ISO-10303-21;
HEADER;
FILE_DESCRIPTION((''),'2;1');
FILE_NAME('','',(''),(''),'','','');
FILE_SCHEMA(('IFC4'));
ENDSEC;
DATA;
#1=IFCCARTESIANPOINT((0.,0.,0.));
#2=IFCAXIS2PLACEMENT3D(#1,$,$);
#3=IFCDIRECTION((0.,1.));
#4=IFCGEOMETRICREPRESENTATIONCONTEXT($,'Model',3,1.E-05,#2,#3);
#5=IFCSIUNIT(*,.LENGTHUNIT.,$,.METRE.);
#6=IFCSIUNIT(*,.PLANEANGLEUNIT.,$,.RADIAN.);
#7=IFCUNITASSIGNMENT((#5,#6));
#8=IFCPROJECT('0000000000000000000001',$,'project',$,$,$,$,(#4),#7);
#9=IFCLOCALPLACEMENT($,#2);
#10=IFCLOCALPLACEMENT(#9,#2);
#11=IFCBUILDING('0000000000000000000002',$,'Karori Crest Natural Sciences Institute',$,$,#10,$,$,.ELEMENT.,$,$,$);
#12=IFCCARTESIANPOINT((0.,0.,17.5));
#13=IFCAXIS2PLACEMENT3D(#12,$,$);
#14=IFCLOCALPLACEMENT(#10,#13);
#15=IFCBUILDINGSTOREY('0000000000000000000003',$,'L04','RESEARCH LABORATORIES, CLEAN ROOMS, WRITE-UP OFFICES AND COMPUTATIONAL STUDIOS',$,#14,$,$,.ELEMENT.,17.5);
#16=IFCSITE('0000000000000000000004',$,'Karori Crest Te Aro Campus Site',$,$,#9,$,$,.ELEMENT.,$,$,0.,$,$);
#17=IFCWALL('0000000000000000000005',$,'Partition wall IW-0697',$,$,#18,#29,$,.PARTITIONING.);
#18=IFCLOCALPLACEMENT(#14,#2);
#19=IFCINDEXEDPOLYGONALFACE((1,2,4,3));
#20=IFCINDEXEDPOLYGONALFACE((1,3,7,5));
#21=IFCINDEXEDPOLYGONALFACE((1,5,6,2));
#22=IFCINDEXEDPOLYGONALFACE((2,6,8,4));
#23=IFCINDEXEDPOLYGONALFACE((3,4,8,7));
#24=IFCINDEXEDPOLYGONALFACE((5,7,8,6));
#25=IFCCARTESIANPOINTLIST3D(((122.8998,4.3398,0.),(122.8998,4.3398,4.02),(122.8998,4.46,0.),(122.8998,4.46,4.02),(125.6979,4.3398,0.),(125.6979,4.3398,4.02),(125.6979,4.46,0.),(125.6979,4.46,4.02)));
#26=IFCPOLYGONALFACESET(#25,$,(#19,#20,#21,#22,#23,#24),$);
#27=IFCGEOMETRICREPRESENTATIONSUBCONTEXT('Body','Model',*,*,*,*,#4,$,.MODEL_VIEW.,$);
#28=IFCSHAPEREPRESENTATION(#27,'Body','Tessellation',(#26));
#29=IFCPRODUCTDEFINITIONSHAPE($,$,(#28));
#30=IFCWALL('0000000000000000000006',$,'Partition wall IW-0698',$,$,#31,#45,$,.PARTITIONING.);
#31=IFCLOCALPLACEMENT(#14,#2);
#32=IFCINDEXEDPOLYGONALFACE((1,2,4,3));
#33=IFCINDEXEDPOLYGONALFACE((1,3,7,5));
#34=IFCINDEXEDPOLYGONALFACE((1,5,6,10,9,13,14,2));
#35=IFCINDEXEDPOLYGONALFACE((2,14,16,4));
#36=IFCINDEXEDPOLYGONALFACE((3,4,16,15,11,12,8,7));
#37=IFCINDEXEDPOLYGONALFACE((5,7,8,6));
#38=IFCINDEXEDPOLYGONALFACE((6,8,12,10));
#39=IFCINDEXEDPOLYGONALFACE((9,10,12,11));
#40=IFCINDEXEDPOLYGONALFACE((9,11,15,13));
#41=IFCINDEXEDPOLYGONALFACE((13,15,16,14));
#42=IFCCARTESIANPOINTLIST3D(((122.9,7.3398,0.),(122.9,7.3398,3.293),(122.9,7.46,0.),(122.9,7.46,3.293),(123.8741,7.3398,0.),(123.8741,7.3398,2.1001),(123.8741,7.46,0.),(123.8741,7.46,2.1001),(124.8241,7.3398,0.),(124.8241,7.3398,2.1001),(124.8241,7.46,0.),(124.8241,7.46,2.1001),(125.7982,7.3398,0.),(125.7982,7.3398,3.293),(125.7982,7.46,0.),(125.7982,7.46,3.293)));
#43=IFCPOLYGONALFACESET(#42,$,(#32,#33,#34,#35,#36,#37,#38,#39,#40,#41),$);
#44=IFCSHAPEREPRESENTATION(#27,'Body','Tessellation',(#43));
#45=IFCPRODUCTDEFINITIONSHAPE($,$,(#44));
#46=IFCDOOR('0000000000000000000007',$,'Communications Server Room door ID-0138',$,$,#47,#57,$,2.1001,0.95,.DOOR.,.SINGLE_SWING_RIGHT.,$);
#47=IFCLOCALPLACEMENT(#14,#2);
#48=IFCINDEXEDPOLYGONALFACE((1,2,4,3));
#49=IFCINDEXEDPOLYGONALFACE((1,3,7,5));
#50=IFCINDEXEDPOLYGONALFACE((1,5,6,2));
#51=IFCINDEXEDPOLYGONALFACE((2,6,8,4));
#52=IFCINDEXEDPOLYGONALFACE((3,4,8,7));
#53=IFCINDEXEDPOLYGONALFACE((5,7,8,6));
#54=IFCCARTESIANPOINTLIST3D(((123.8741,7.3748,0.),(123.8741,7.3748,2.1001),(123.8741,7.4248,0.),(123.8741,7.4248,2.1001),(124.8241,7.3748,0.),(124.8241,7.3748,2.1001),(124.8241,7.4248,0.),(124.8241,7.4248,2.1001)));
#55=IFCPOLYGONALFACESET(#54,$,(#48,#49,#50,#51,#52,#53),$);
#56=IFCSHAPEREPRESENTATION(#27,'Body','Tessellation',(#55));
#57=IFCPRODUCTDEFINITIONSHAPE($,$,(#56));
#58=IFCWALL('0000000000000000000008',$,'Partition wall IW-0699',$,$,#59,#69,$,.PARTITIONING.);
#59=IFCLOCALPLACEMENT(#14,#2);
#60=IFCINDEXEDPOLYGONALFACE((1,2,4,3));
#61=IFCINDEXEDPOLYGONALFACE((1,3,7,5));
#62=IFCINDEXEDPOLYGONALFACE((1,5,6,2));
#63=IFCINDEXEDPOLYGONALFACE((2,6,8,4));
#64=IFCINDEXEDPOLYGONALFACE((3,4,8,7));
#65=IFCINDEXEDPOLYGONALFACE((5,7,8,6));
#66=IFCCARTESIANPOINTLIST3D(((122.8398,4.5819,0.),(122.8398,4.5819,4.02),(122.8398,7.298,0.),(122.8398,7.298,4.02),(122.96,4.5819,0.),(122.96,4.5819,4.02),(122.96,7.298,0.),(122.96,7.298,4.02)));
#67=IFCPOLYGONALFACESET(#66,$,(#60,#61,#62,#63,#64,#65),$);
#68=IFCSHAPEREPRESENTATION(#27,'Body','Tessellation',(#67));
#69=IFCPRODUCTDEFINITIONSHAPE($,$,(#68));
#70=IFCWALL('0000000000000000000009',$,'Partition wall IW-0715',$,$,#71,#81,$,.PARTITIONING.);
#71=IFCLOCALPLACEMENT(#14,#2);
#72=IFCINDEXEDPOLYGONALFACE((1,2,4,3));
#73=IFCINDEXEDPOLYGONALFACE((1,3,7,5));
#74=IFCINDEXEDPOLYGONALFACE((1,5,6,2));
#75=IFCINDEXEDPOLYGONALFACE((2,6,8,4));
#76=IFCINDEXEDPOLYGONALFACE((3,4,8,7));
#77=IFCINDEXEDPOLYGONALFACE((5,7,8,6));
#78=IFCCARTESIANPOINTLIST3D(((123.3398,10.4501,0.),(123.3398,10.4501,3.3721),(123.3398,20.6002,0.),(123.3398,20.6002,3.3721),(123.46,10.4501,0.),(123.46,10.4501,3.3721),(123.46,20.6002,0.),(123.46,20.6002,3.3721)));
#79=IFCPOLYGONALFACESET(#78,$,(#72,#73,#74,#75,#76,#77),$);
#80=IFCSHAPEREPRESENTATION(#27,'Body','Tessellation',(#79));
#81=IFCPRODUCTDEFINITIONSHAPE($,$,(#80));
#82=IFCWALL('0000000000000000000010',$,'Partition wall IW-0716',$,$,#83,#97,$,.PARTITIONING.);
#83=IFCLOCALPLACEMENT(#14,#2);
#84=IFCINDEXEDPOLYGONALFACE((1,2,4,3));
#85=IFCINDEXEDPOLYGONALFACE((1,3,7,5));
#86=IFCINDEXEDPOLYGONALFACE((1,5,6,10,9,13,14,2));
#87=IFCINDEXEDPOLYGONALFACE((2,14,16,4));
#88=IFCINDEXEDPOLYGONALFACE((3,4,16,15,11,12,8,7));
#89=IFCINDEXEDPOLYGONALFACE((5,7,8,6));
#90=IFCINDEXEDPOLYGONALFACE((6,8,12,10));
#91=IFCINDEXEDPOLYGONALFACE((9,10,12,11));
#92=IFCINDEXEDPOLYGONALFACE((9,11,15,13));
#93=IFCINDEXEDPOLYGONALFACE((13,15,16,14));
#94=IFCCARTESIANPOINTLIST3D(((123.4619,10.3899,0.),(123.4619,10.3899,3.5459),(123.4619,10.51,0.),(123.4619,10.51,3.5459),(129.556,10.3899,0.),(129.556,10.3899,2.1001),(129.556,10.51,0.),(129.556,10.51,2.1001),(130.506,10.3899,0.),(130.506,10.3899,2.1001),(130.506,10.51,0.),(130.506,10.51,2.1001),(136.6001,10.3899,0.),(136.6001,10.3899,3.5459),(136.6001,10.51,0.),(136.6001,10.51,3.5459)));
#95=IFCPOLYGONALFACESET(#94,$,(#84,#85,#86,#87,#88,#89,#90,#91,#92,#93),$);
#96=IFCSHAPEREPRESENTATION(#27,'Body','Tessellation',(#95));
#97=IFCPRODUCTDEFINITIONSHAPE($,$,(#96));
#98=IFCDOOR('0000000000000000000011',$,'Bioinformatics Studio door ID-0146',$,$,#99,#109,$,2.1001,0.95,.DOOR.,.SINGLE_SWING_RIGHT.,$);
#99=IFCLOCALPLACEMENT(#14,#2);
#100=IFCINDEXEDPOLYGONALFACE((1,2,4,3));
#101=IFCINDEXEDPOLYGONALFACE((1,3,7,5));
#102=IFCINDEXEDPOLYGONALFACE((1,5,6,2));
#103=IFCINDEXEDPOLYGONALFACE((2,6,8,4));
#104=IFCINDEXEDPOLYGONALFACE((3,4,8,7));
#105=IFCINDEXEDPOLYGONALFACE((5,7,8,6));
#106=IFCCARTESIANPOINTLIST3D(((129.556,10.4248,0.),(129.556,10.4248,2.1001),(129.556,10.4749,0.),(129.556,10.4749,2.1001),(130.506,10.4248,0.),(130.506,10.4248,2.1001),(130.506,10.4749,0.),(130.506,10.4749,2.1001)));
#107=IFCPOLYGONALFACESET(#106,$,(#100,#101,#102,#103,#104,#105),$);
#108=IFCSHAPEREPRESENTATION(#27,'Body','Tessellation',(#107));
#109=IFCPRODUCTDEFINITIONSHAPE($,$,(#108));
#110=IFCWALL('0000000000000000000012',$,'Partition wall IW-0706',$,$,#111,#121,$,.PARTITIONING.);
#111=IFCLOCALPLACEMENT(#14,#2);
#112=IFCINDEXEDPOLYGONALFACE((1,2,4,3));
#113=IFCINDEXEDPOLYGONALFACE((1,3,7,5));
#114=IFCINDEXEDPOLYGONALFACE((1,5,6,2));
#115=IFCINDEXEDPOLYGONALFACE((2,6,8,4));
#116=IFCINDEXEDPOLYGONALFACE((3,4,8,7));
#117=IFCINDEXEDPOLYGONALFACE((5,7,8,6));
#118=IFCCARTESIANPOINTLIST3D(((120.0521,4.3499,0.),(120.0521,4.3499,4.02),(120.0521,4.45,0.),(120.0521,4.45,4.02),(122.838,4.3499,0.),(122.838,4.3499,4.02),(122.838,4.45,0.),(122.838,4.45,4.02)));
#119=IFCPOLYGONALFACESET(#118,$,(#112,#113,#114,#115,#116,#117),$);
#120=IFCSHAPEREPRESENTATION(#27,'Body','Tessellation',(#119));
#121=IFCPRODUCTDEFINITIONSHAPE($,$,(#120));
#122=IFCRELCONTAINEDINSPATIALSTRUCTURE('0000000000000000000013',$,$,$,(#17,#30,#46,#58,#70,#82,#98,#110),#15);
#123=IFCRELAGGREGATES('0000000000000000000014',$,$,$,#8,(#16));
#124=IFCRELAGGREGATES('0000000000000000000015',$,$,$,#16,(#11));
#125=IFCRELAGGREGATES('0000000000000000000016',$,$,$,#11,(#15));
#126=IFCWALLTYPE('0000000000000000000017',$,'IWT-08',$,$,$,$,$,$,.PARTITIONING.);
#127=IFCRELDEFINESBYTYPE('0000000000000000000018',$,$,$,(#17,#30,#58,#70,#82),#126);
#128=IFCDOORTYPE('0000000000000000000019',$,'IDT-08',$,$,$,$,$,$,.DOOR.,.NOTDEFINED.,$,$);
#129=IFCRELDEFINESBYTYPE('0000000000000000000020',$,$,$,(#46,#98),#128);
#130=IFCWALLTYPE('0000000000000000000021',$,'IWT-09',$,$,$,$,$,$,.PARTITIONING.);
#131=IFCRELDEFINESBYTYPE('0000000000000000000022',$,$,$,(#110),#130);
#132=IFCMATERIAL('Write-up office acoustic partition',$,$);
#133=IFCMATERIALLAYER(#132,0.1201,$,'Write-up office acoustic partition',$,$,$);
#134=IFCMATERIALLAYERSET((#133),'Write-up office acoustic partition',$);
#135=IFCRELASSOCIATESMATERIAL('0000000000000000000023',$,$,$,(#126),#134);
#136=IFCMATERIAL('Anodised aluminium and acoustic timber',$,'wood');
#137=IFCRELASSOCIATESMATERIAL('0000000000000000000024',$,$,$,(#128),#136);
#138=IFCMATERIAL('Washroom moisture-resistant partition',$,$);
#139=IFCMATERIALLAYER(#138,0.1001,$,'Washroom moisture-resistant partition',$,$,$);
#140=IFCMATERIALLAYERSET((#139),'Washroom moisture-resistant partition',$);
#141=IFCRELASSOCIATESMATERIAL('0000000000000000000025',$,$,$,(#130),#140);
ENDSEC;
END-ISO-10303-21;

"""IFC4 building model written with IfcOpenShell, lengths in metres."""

from ifc_helpers import new_model, si_unit, direction, frame, frame_2d, origin, place, context, subcontext, project, spatial, rectangle, extrude, material, layer, layer_set, type_object, element, fill, save


model = new_model("IFC4")

# Units and contexts
model_context = context("Model", 3, precision=1e-05, world=origin(), true_north=direction((0.0, 1.0)))
body_context = subcontext(model_context, "Body", "Model", "MODEL_VIEW")
ifc_project = project(units=[si_unit("LENGTHUNIT", "METRE"), si_unit("PLANEANGLEUNIT", "RADIAN")], contexts=[model_context])

# Site, building, storey
site_placement = place(None, origin())
site = spatial("IfcSite", under=ifc_project, at=site_placement, Name="Karori Crest Te Aro Campus Site", CompositionType="ELEMENT", RefElevation=0.0)
building_placement = place(site_placement, origin())
building = spatial("IfcBuilding", under=site, at=building_placement, Name="Karori Crest Natural Sciences Institute", CompositionType="ELEMENT")
storey_placement = place(building_placement, frame((0.0, 0.0, 17.5)))
storey = spatial("IfcBuildingStorey", under=building, at=storey_placement, Name="L04", Description="RESEARCH LABORATORIES, CLEAN ROOMS, WRITE-UP OFFICES AND COMPUTATIONAL STUDIOS", CompositionType="ELEMENT", Elevation=17.5)

# Wall
ifc_material_1 = material(Name="Write-up office acoustic partition")
ifc_layer_1 = layer(ifc_material_1, 0.1201, Name="Write-up office acoustic partition")
ifc_layer_set_1 = layer_set([ifc_layer_1], Name="Write-up office acoustic partition")
wall_type_1 = type_object("IfcWallType", Name="IWT-08", PredefinedType="PARTITIONING", material=ifc_layer_set_1)
wall_1_placement = place(storey_placement, frame((122.8999, 4.3999, 0.0), z_axis=(0.0, 0.0, 1.0), x_axis=(1.0, 0.0, 0.0)))
element("IfcWall", 1, at=wall_1_placement, inside=storey, type_object=wall_type_1, Name="Partition wall IW-0697", PredefinedType="PARTITIONING", context=body_context, shape_type="SweptSolid", body=[
    extrude(rectangle(XDim=2.7981, YDim=0.1201, at=frame_2d((1.3989, 0.0))), origin(), (0.0, 0.0, 1.0), 4.02),
])

# Wall, opening, door
wall_2_placement = place(storey_placement, frame((122.8999, 7.3999, 0.0), z_axis=(0.0, 0.0, 1.0), x_axis=(1.0, 0.0, 0.0)))
wall_2 = element("IfcWall", 2, at=wall_2_placement, inside=storey, type_object=wall_type_1, Name="Partition wall IW-0698", PredefinedType="PARTITIONING", context=body_context, shape_type="SweptSolid", body=[
    extrude(rectangle(XDim=2.8982, YDim=0.1201, at=frame_2d((1.4492, 0.0))), origin(), (0.0, 0.0, 1.0), 3.293),
])
opening_1_placement = place(wall_2_placement, frame((0.9741, 0.0, 0.0)))
opening_1 = element("IfcOpeningElement", 3, at=opening_1_placement, cuts=wall_2, PredefinedType="OPENING", context=body_context, shape_type="SweptSolid", body=[
    extrude(rectangle(XDim=0.95, YDim=2.1001, at=frame_2d((0.4751, 1.05))), frame((0.0, 0.0701, 0.0), z_axis=(0.0, -1.0, 0.0), x_axis=(1.0, 0.0, 0.0)), (0.0, 0.0, 1.0), 0.1401),
])
ifc_material_2 = material(Name="Anodised aluminium and acoustic timber", Category="wood")
door_type_1 = type_object("IfcDoorType", Name="IDT-08", OperationType="NOTDEFINED", PredefinedType="DOOR", material=ifc_material_2)
door_1_placement = place(opening_1_placement, origin())
door_1 = element("IfcDoor", 4, at=door_1_placement, inside=storey, type_object=door_type_1, Name="Communications Server Room door ID-0138", OperationType="SINGLE_SWING_RIGHT", OverallHeight=2.1001, OverallWidth=0.95, PredefinedType="DOOR", context=body_context, shape_type="SweptSolid", body=[
    extrude(rectangle(XDim=0.95, YDim=2.1001, at=frame_2d((0.4751, 1.05))), frame((0.0, 0.0249, 0.0), z_axis=(0.0, -1.0, 0.0), x_axis=(1.0, 0.0, 0.0)), (0.0, 0.0, 1.0), 0.05),
])
fill(opening_1, door_1)

# Walls
wall_3_placement = place(storey_placement, frame((122.8999, 4.582, 0.0), z_axis=(0.0, 0.0, 1.0), x_axis=(0.0, 1.0, 0.0)))
element("IfcWall", 5, at=wall_3_placement, inside=storey, type_object=wall_type_1, Name="Partition wall IW-0699", PredefinedType="PARTITIONING", context=body_context, shape_type="SweptSolid", body=[
    extrude(rectangle(XDim=2.7161, YDim=0.1201, at=frame_2d((1.3579, 0.0))), origin(), (0.0, 0.0, 1.0), 4.02),
])
wall_4_placement = place(storey_placement, frame((123.3999, 10.45, 0.0), z_axis=(0.0, 0.0, 1.0), x_axis=(0.0, 1.0, 0.0)))
element("IfcWall", 6, at=wall_4_placement, inside=storey, type_object=wall_type_1, Name="Partition wall IW-0715", PredefinedType="PARTITIONING", context=body_context, shape_type="SweptSolid", body=[
    extrude(rectangle(XDim=10.1501, YDim=0.1201, at=frame_2d((5.0752, 0.0))), origin(), (0.0, 0.0, 1.0), 3.3721),
])

# Wall, opening, door
wall_5_placement = place(storey_placement, frame((123.4619, 10.45, 0.0), z_axis=(0.0, 0.0, 1.0), x_axis=(1.0, 0.0, 0.0)))
wall_5 = element("IfcWall", 7, at=wall_5_placement, inside=storey, type_object=wall_type_1, Name="Partition wall IW-0716", PredefinedType="PARTITIONING", context=body_context, shape_type="SweptSolid", body=[
    extrude(rectangle(XDim=13.1382, YDim=0.1201, at=frame_2d((6.5691, 0.0))), origin(), (0.0, 0.0, 1.0), 3.5459),
])
opening_2_placement = place(wall_5_placement, frame((6.094, 0.0, 0.0)))
opening_2 = element("IfcOpeningElement", 8, at=opening_2_placement, cuts=wall_5, PredefinedType="OPENING", context=body_context, shape_type="SweptSolid", body=[
    extrude(rectangle(XDim=0.95, YDim=2.1001, at=frame_2d((0.4751, 1.05))), frame((0.0, 0.0701, 0.0), z_axis=(0.0, -1.0, 0.0), x_axis=(1.0, 0.0, 0.0)), (0.0, 0.0, 1.0), 0.1401),
])
door_2_placement = place(opening_2_placement, origin())
door_2 = element("IfcDoor", 9, at=door_2_placement, inside=storey, type_object=door_type_1, Name="Bioinformatics Studio door ID-0146", OperationType="SINGLE_SWING_RIGHT", OverallHeight=2.1001, OverallWidth=0.95, PredefinedType="DOOR", context=body_context, shape_type="SweptSolid", body=[
    extrude(rectangle(XDim=0.95, YDim=2.1001, at=frame_2d((0.4751, 1.05))), frame((0.0, 0.0249, 0.0), z_axis=(0.0, -1.0, 0.0), x_axis=(1.0, 0.0, 0.0)), (0.0, 0.0, 1.0), 0.05),
])
fill(opening_2, door_2)

# Wall
ifc_material_3 = material(Name="Washroom moisture-resistant partition")
ifc_layer_2 = layer(ifc_material_3, 0.1001, Name="Washroom moisture-resistant partition")
ifc_layer_set_2 = layer_set([ifc_layer_2], Name="Washroom moisture-resistant partition")
wall_type_2 = type_object("IfcWallType", Name="IWT-09", PredefinedType="PARTITIONING", material=ifc_layer_set_2)
wall_6_placement = place(storey_placement, frame((120.052, 4.3999, 0.0), z_axis=(0.0, 0.0, 1.0), x_axis=(1.0, 0.0, 0.0)))
element("IfcWall", 10, at=wall_6_placement, inside=storey, type_object=wall_type_2, Name="Partition wall IW-0706", PredefinedType="PARTITIONING", context=body_context, shape_type="SweptSolid", body=[
    extrude(rectangle(XDim=2.7859, YDim=0.1001, at=frame_2d((1.3931, 0.0))), origin(), (0.0, 0.0, 1.0), 4.02),
])

save(model, "model.ifc")
